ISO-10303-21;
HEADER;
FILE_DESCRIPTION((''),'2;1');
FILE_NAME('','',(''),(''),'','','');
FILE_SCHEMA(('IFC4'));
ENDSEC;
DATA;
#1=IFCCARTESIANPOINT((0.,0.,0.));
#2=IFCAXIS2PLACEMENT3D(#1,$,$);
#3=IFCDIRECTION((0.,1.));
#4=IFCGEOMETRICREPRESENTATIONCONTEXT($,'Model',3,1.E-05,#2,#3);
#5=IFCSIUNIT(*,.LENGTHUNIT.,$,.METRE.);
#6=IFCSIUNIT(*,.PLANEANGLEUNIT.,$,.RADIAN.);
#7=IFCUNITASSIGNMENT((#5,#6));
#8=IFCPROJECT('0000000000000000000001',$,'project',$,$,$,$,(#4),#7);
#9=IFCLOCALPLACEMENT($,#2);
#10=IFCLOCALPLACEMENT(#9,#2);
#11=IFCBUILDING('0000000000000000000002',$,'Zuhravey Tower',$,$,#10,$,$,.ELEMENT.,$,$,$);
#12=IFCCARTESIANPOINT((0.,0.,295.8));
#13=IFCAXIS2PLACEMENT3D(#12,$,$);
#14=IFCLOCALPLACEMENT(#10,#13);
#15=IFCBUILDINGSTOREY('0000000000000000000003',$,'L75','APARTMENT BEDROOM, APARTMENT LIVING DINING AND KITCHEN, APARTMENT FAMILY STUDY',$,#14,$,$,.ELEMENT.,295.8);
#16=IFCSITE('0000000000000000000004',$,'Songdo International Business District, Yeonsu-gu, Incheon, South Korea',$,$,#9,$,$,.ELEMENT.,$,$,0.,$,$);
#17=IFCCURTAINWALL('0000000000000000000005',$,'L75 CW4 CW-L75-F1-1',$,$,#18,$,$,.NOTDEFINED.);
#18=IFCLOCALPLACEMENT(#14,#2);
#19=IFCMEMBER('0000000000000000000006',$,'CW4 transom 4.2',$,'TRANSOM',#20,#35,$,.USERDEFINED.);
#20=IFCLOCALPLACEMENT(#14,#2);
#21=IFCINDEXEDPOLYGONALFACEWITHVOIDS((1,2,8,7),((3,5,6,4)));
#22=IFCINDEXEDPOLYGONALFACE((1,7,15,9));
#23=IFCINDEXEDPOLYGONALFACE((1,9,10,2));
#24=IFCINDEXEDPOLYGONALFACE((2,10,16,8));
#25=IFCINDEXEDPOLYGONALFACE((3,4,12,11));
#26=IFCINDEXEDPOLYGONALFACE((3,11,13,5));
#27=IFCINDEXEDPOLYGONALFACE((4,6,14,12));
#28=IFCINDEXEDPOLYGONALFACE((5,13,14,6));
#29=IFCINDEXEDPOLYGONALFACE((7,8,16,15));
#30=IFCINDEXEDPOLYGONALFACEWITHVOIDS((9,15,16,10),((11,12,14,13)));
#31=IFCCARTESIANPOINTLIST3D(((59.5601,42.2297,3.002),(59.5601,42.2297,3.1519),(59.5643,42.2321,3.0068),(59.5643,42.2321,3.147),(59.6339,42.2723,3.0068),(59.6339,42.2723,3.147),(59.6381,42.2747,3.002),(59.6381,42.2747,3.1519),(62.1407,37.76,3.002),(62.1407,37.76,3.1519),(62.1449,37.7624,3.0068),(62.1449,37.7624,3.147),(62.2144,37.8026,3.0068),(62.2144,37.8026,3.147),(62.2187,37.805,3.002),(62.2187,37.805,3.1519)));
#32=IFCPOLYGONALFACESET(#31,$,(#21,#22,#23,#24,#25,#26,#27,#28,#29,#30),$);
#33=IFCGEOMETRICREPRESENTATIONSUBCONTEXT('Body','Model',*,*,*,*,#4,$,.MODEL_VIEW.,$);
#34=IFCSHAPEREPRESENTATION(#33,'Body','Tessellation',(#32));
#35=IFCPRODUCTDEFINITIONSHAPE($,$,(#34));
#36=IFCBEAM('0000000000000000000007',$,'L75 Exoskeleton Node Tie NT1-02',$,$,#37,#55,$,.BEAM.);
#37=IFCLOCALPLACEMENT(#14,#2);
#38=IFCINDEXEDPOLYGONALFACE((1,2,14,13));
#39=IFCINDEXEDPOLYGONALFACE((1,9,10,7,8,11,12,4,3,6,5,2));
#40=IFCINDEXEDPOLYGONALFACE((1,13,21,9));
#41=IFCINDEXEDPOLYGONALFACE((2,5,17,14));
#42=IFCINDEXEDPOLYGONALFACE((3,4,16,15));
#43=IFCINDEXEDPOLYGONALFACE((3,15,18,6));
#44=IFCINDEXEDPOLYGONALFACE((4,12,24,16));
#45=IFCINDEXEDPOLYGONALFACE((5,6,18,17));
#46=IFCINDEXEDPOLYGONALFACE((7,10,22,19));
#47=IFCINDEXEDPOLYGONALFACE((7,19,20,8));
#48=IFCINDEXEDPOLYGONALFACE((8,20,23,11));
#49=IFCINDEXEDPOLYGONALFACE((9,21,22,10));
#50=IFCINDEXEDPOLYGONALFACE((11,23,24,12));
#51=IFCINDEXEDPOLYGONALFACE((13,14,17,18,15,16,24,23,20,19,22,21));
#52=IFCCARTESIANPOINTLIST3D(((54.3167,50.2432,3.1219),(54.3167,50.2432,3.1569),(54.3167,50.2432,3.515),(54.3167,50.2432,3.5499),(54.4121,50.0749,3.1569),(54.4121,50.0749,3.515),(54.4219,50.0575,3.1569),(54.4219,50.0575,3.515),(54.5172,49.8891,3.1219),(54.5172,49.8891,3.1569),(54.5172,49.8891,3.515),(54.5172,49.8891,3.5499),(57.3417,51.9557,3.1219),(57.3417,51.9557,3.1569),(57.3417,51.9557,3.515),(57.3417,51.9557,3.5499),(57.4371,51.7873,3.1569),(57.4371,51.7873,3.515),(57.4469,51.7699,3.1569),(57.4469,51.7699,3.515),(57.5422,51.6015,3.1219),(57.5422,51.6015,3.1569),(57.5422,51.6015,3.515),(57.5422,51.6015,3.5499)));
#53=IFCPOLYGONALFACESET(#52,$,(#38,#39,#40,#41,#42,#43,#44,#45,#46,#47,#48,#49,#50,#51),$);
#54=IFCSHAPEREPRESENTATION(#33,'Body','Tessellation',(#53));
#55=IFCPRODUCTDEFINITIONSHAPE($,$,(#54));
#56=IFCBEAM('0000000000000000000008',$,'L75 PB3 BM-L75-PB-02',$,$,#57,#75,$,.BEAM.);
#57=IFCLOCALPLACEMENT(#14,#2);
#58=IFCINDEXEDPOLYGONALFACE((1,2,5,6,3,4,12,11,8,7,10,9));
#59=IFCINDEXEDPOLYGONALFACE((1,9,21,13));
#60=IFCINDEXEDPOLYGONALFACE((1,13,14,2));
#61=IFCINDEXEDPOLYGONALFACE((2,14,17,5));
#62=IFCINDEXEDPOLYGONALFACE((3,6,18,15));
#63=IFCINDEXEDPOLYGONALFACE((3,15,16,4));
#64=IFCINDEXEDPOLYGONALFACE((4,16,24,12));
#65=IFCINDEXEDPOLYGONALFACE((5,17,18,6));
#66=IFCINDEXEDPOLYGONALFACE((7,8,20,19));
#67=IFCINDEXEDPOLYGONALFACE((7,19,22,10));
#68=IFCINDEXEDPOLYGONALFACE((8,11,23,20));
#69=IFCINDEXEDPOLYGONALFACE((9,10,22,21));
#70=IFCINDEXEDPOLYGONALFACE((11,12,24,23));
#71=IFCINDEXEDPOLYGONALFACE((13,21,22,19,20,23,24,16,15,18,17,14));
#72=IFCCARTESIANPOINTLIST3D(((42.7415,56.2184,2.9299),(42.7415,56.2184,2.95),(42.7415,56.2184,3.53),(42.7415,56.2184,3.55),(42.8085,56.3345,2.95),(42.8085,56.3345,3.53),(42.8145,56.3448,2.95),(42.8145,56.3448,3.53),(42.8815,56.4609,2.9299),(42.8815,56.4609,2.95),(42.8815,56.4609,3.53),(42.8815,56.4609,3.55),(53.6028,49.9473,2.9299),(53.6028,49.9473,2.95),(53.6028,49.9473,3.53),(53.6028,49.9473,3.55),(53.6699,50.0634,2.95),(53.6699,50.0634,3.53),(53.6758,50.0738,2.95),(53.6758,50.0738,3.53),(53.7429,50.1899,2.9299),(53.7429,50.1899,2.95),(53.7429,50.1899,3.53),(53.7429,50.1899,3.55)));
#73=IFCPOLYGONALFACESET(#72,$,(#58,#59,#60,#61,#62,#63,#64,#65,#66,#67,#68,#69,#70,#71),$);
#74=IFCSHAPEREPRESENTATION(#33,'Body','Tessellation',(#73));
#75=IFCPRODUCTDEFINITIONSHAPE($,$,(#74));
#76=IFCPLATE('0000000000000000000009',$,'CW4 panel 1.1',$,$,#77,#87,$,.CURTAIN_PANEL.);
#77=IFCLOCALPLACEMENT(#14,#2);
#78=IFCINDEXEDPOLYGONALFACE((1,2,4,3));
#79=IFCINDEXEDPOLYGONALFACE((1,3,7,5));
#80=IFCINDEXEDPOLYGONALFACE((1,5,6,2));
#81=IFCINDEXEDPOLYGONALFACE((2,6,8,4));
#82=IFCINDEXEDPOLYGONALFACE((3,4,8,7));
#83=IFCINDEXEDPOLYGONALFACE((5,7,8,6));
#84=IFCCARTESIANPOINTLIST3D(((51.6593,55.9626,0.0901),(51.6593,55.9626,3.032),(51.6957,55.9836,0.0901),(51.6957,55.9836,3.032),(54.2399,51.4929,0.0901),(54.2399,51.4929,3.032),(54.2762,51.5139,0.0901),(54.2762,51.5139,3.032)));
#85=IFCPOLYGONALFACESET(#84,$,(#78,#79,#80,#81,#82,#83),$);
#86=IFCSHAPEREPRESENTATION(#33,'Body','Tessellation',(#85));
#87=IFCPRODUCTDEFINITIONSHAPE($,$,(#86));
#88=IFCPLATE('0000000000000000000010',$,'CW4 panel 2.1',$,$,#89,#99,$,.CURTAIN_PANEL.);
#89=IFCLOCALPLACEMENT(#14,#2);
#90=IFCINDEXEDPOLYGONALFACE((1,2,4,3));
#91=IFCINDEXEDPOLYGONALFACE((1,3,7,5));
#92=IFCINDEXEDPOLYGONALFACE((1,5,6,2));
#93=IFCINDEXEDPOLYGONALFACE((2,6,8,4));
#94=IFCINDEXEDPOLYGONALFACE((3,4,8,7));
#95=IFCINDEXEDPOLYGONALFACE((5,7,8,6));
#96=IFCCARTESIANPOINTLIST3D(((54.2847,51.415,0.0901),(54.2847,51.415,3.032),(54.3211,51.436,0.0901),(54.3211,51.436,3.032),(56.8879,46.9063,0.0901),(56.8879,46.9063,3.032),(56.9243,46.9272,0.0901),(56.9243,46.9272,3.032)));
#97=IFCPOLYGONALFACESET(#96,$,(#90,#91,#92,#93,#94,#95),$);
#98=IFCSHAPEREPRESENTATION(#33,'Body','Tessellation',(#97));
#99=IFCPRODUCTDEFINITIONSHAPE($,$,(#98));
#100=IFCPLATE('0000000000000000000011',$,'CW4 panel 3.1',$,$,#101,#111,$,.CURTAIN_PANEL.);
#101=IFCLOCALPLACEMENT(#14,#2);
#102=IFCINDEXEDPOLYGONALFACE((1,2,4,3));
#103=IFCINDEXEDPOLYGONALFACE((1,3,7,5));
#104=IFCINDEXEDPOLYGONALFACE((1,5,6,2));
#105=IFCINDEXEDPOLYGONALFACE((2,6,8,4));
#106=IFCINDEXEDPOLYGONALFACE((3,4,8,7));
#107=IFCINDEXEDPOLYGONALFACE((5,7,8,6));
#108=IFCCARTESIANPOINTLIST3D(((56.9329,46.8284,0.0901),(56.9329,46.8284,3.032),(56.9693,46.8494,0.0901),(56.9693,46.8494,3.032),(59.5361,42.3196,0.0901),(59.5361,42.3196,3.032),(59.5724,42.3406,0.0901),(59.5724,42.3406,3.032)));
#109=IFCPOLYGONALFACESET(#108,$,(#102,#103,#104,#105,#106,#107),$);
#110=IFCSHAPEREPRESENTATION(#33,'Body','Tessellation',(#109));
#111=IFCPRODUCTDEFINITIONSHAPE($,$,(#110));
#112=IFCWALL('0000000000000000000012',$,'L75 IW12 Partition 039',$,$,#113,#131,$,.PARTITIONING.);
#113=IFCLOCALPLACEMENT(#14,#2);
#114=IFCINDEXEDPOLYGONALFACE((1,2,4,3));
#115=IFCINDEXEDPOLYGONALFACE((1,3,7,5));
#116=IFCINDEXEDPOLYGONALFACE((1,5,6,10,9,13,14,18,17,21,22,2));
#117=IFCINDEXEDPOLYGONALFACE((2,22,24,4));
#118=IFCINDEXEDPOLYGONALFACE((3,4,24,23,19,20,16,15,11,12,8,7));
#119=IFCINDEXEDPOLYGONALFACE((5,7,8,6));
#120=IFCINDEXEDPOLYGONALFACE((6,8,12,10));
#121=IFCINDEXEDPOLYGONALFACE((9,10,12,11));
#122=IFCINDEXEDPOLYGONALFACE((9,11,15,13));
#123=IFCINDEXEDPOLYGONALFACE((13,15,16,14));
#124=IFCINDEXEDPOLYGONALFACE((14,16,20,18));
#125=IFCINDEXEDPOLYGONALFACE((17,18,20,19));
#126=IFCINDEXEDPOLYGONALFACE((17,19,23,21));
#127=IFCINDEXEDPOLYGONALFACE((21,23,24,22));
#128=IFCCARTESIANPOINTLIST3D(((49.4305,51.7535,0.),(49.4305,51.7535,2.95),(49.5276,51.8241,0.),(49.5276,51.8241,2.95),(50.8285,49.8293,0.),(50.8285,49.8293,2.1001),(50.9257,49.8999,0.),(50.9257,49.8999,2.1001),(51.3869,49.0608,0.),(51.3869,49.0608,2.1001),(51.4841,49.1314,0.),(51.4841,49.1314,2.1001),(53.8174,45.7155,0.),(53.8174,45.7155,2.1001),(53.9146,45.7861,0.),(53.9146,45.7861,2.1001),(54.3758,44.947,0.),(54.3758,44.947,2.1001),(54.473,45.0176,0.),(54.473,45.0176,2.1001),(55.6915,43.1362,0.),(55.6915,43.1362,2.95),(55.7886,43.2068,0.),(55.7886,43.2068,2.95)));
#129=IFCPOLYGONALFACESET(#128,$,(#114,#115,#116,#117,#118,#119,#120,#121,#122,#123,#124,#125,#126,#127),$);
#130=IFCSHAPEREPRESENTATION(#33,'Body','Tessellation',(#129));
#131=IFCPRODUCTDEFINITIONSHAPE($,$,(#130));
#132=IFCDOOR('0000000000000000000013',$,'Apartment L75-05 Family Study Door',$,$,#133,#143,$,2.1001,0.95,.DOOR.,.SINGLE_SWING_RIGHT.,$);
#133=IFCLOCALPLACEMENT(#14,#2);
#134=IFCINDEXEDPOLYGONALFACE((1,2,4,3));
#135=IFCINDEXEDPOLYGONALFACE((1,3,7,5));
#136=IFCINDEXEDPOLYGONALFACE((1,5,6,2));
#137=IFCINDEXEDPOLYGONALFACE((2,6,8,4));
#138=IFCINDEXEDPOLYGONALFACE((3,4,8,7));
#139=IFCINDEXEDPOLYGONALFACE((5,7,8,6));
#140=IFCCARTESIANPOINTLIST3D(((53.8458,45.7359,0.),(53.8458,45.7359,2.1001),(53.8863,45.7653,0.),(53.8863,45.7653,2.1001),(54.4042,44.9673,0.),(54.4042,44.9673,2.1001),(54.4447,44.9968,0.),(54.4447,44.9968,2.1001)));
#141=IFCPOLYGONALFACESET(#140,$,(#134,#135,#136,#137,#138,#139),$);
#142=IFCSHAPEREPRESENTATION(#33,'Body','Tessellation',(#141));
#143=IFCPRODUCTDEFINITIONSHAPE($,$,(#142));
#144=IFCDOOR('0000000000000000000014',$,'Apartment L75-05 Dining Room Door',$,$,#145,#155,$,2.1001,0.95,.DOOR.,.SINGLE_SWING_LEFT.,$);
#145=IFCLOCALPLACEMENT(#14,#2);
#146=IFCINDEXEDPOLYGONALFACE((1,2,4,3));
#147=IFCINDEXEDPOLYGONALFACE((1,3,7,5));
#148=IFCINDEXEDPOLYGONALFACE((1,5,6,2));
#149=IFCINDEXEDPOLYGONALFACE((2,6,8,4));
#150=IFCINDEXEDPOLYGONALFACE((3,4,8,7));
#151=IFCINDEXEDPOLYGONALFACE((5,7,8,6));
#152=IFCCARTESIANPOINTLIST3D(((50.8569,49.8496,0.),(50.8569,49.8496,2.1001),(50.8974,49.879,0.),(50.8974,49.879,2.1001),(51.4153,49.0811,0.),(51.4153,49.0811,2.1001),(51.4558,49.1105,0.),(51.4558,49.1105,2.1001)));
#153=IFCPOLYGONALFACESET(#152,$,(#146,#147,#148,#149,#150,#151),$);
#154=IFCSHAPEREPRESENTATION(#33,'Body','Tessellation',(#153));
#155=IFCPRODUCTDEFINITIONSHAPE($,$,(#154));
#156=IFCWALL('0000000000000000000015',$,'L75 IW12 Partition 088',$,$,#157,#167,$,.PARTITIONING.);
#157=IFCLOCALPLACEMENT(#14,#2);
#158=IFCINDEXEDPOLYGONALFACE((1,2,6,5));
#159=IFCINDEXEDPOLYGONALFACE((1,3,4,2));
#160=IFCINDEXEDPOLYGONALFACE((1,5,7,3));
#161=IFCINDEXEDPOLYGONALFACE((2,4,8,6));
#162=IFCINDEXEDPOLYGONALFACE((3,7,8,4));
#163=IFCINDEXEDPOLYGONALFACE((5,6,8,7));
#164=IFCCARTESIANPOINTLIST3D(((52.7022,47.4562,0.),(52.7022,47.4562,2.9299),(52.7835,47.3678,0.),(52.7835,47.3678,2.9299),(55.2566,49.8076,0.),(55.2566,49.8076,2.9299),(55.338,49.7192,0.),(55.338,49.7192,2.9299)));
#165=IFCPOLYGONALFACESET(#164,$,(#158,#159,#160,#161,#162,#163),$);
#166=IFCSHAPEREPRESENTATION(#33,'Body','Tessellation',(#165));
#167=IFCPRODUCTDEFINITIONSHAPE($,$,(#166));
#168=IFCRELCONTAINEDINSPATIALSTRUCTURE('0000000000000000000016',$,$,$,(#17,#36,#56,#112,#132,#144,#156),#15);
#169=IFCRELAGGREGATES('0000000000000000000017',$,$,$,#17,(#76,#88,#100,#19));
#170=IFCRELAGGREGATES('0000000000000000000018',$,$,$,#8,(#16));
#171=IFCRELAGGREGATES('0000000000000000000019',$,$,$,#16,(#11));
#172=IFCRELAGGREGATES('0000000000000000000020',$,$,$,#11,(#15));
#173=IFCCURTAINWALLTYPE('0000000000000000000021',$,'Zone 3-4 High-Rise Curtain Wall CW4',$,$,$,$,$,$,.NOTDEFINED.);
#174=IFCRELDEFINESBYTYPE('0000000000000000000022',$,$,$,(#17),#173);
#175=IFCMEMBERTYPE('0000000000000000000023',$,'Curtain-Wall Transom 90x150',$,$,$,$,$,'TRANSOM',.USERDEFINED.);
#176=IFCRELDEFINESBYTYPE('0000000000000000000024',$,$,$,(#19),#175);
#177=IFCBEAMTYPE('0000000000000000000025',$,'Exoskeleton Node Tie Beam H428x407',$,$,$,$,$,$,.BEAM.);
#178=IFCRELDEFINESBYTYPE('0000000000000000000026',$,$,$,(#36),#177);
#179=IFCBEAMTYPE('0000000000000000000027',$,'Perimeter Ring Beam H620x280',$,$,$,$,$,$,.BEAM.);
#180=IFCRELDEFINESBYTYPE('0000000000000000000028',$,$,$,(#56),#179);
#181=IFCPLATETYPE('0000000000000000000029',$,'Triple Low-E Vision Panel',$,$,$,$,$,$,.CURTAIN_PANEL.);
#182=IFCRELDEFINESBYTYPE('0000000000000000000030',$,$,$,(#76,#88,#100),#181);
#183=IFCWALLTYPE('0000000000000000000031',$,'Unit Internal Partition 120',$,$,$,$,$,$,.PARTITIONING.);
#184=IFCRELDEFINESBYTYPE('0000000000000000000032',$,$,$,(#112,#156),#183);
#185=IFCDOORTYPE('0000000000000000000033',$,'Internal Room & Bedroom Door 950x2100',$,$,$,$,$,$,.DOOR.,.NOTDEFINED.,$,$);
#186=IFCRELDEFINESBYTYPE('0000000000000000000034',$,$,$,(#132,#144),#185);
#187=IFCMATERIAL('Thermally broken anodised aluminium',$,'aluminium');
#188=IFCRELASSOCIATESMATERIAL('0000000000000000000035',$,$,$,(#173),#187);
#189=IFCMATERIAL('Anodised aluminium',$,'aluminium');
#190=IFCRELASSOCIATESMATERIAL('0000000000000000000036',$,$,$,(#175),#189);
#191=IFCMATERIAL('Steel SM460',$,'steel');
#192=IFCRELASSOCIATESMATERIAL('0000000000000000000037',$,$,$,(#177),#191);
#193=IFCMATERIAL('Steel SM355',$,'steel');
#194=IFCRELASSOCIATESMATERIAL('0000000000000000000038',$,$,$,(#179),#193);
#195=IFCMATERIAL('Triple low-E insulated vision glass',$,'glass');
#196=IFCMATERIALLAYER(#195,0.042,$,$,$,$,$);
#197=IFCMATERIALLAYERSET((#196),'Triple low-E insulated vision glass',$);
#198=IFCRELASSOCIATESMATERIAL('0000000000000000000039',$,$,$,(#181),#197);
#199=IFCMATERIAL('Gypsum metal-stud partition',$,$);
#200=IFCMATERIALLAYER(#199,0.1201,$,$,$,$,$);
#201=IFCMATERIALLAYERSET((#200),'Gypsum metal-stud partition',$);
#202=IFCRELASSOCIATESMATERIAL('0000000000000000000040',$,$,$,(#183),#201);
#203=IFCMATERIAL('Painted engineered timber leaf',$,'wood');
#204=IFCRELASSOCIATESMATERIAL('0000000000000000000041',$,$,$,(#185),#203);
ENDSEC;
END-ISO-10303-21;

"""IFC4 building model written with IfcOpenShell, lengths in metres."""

from ifc_helpers import new_model, si_unit, direction, frame, frame_2d, origin, origin_2d, place, context, subcontext, project, spatial, rectangle, hollow_rectangle, i_section, extrude, material, layer, layer_set, material_profile, profile_set, type_object, element, fill, aggregate, save


model = new_model("IFC4")

# Units and contexts
model_context = context("Model", 3, precision=1e-05, world=origin(), true_north=direction((0.0, 1.0)))
body_context = subcontext(model_context, "Body", "Model", "MODEL_VIEW")
ifc_project = project(units=[si_unit("LENGTHUNIT", "METRE"), si_unit("PLANEANGLEUNIT", "RADIAN")], contexts=[model_context])

# Site, building, storey
site_placement = place(None, origin())
site = spatial("IfcSite", under=ifc_project, at=site_placement, Name="Songdo International Business District, Yeonsu-gu, Incheon, South Korea", CompositionType="ELEMENT", RefElevation=0.0)
building_placement = place(site_placement, origin())
building = spatial("IfcBuilding", under=site, at=building_placement, Name="Zuhravey Tower", CompositionType="ELEMENT")
storey_placement = place(building_placement, frame((0.0, 0.0, 295.8)))
storey = spatial("IfcBuildingStorey", under=building, at=storey_placement, Name="L75", Description="APARTMENT BEDROOM, APARTMENT LIVING DINING AND KITCHEN, APARTMENT FAMILY STUDY", CompositionType="ELEMENT", Elevation=295.8)

# Curtain wall, member
ifc_material_1 = material(Name="Thermally broken anodised aluminium", Category="aluminium")
curtain_wall_type = type_object("IfcCurtainWallType", Name="Zone 3-4 High-Rise Curtain Wall CW4", PredefinedType="NOTDEFINED", material=ifc_material_1)
curtain_wall_placement = place(storey_placement, origin())
curtain_wall = element("IfcCurtainWall", 1, at=curtain_wall_placement, inside=storey, type_object=curtain_wall_type, Name="L75 CW4 CW-L75-F1-1", PredefinedType="NOTDEFINED")
ifc_material_2 = material(Name="Anodised aluminium", Category="aluminium")
ifc_material_profile_1 = material_profile(ifc_material_2, hollow_rectangle(XDim=0.0901, YDim=0.1499, WallThickness=0.0049, at=origin_2d()), Name="ALU-RHS-90x150x5")
ifc_profile_set_1 = profile_set([ifc_material_profile_1], Name="Anodised aluminium")
member_type_1 = type_object("IfcMemberType", Name="Curtain-Wall Transom 90x150", ElementType="TRANSOM", PredefinedType="USERDEFINED", material=ifc_profile_set_1)
member_1_placement = place(storey_placement, frame((59.5991, 42.2522, 3.0769), z_axis=(0.499995, -0.866028, 0.0), x_axis=(0.866028, 0.499995, 0.0)))
member_1 = element("IfcMember", 2, at=member_1_placement, type_object=member_type_1, Name="CW4 transom 4.2", ObjectType="TRANSOM", PredefinedType="USERDEFINED", context=body_context, shape_type="SweptSolid", body=[
    extrude(hollow_rectangle(XDim=0.0901, YDim=0.1499, WallThickness=0.0049, at=origin_2d()), origin(), (0.0, 0.0, 1.0), 5.1611),
])

# Beams
ifc_material_3 = material(Name="Steel SM460", Category="steel")
ifc_material_profile_2 = material_profile(ifc_material_3, i_section(OverallWidth=0.407, OverallDepth=0.428, WebThickness=0.02, FlangeThickness=0.0349, at=origin_2d()), Name="H-428x407x20x35")
ifc_profile_set_2 = profile_set([ifc_material_profile_2], Name="Steel SM460")
beam_type_1 = type_object("IfcBeamType", Name="Exoskeleton Node Tie Beam H428x407", PredefinedType="BEAM", material=ifc_profile_set_2)
beam_1_placement = place(storey_placement, frame((54.417, 50.0662, 3.3359), z_axis=(0.870233, 0.49264, 0.0), x_axis=(-0.49264, 0.870233, 0.0)))
element("IfcBeam", 3, at=beam_1_placement, inside=storey, type_object=beam_type_1, Name="L75 Exoskeleton Node Tie NT1-02", PredefinedType="BEAM", context=body_context, shape_type="SweptSolid", body=[
    extrude(i_section(OverallWidth=0.407, OverallDepth=0.428, WebThickness=0.02, FlangeThickness=0.0349, at=origin_2d()), origin(), (0.0, 0.0, 1.0), 3.4761),
])
ifc_material_4 = material(Name="Steel SM355", Category="steel")
ifc_material_profile_3 = material_profile(ifc_material_4, i_section(OverallWidth=0.28, OverallDepth=0.6201, WebThickness=0.012, FlangeThickness=0.02, at=origin_2d()), Name="H-620x280x12x20")
ifc_profile_set_3 = profile_set([ifc_material_profile_3], Name="Steel SM355")
beam_type_2 = type_object("IfcBeamType", Name="Perimeter Ring Beam H620x280", PredefinedType="BEAM", material=ifc_profile_set_3)
beam_2_placement = place(storey_placement, frame((53.6729, 50.0686, 3.24), z_axis=(-0.866018, 0.500012, 0.0), x_axis=(-0.500012, -0.866018, 0.0)))
element("IfcBeam", 4, at=beam_2_placement, inside=storey, type_object=beam_type_2, Name="L75 PB3 BM-L75-PB-02", PredefinedType="BEAM", context=body_context, shape_type="SweptSolid", body=[
    extrude(i_section(OverallWidth=0.28, OverallDepth=0.6201, WebThickness=0.012, FlangeThickness=0.02, at=origin_2d()), origin(), (0.0, 0.0, 1.0), 12.5417),
])

# Plates
ifc_material_5 = material(Name="Triple low-E insulated vision glass", Category="glass")
ifc_layer_1 = layer(ifc_material_5, 0.042)
ifc_layer_set_1 = layer_set([ifc_layer_1], Name="Triple low-E insulated vision glass")
plate_type = type_object("IfcPlateType", Name="Triple Low-E Vision Panel", PredefinedType="CURTAIN_PANEL", material=ifc_layer_set_1)
plate_1_placement = place(storey_placement, frame((52.9678, 53.7383, 0.0901), z_axis=(0.0, 0.0, 1.0), x_axis=(0.500002, -0.866025, 0.0)))
plate_1 = element("IfcPlate", 5, at=plate_1_placement, type_object=plate_type, Name="CW4 panel 1.1", PredefinedType="CURTAIN_PANEL", context=body_context, shape_type="SweptSolid", body=[
    extrude(rectangle(XDim=5.1611, YDim=0.042, at=origin_2d()), origin(), (0.0, 0.0, 1.0), 2.9419),
])
plate_2_placement = place(storey_placement, frame((55.6045, 49.1711, 0.0901), z_axis=(0.0, 0.0, 1.0), x_axis=(0.500002, -0.866025, 0.0)))
plate_2 = element("IfcPlate", 6, at=plate_2_placement, type_object=plate_type, Name="CW4 panel 2.1", PredefinedType="CURTAIN_PANEL", context=body_context, shape_type="SweptSolid", body=[
    extrude(rectangle(XDim=5.2063, YDim=0.042, at=origin_2d()), origin(), (0.0, 0.0, 1.0), 2.9419),
])
plate_3_placement = place(storey_placement, frame((58.2527, 44.5845, 0.0901), z_axis=(0.0, 0.0, 1.0), x_axis=(0.500002, -0.866025, 0.0)))
plate_3 = element("IfcPlate", 7, at=plate_3_placement, type_object=plate_type, Name="CW4 panel 3.1", PredefinedType="CURTAIN_PANEL", context=body_context, shape_type="SweptSolid", body=[
    extrude(rectangle(XDim=5.2063, YDim=0.042, at=origin_2d()), origin(), (0.0, 0.0, 1.0), 2.9419),
])
aggregate(curtain_wall, [plate_1, plate_2, plate_3, member_1])

# Wall, openings, doors
ifc_material_6 = material(Name="Gypsum metal-stud partition")
ifc_layer_2 = layer(ifc_material_6, 0.1201)
ifc_layer_set_2 = layer_set([ifc_layer_2], Name="Gypsum metal-stud partition")
wall_type = type_object("IfcWallType", Name="Unit Internal Partition 120", PredefinedType="PARTITIONING", material=ifc_layer_set_2)
wall_1_placement = place(storey_placement, frame((55.74, 43.1716, 0.0), z_axis=(0.0, 0.0, 1.0), x_axis=(-0.5878, 0.809007, 0.0)))
wall_1 = element("IfcWall", 8, at=wall_1_placement, inside=storey, type_object=wall_type, Name="L75 IW12 Partition 039", PredefinedType="PARTITIONING", context=body_context, shape_type="SweptSolid", body=[
    extrude(rectangle(XDim=10.6516, YDim=0.1201, at=frame_2d((5.3257, 0.0))), origin(), (0.0, 0.0, 1.0), 2.95),
])
opening_1_placement = place(wall_1_placement, frame((2.238, 0.0, 0.0)))
opening_1 = element("IfcOpeningElement", 9, at=opening_1_placement, cuts=wall_1, PredefinedType="OPENING", context=body_context, shape_type="SweptSolid", body=[
    extrude(rectangle(XDim=0.95, YDim=2.1001, at=frame_2d((0.4751, 1.05))), frame((0.0, 0.072, 0.0), z_axis=(0.0, -1.0, 0.0), x_axis=(1.0, 0.0, 0.0)), (0.0, 0.0, 1.0), 0.144),
])
opening_2_placement = place(wall_1_placement, frame((7.323, 0.0, 0.0)))
opening_2 = element("IfcOpeningElement", 10, at=opening_2_placement, cuts=wall_1, PredefinedType="OPENING", context=body_context, shape_type="SweptSolid", body=[
    extrude(rectangle(XDim=0.95, YDim=2.1001, at=frame_2d((0.4751, 1.05))), frame((0.0, 0.072, 0.0), z_axis=(0.0, -1.0, 0.0), x_axis=(1.0, 0.0, 0.0)), (0.0, 0.0, 1.0), 0.144),
])
ifc_material_7 = material(Name="Painted engineered timber leaf", Category="wood")
door_type = type_object("IfcDoorType", Name="Internal Room & Bedroom Door 950x2100", OperationType="NOTDEFINED", PredefinedType="DOOR", material=ifc_material_7)
door_1_placement = place(opening_1_placement, frame((0.95, 0.0, 0.0), z_axis=(0.0, 0.0, 1.0), x_axis=(-1.0, 0.0, 0.0)))
door_1 = element("IfcDoor", 11, at=door_1_placement, inside=storey, type_object=door_type, Name="Apartment L75-05 Family Study Door", OperationType="SINGLE_SWING_RIGHT", OverallHeight=2.1001, OverallWidth=0.95, PredefinedType="DOOR", context=body_context, shape_type="SweptSolid", body=[
    extrude(rectangle(XDim=0.95, YDim=2.1001, at=frame_2d((0.4751, 1.05))), frame((0.0, 0.0249, 0.0), z_axis=(0.0, -1.0, 0.0), x_axis=(1.0, 0.0, 0.0)), (0.0, 0.0, 1.0), 0.05),
])
fill(opening_1, door_1)
door_2_placement = place(opening_2_placement, frame((0.95, 0.0, 0.0), z_axis=(0.0, 0.0, 1.0), x_axis=(-1.0, 0.0, 0.0)))
door_2 = element("IfcDoor", 12, at=door_2_placement, inside=storey, type_object=door_type, Name="Apartment L75-05 Dining Room Door", OperationType="SINGLE_SWING_LEFT", OverallHeight=2.1001, OverallWidth=0.95, PredefinedType="DOOR", context=body_context, shape_type="SweptSolid", body=[
    extrude(rectangle(XDim=0.95, YDim=2.1001, at=frame_2d((0.4751, 1.05))), frame((0.0, 0.0249, 0.0), z_axis=(0.0, -1.0, 0.0), x_axis=(1.0, 0.0, 0.0)), (0.0, 0.0, 1.0), 0.05),
])
fill(opening_2, door_2)

# Wall
wall_2_placement = place(storey_placement, frame((52.7429, 47.4121, 0.0), z_axis=(0.0, 0.0, 1.0), x_axis=(0.735754, 0.677248, 0.0)))
element("IfcWall", 13, at=wall_2_placement, inside=storey, type_object=wall_type, Name="L75 IW12 Partition 088", PredefinedType="PARTITIONING", context=body_context, shape_type="SweptSolid", body=[
    extrude(rectangle(XDim=3.4719, YDim=0.1201, at=frame_2d((1.7358, 0.0))), origin(), (0.0, 0.0, 1.0), 2.9299),
])

save(model, "model.ifc")
